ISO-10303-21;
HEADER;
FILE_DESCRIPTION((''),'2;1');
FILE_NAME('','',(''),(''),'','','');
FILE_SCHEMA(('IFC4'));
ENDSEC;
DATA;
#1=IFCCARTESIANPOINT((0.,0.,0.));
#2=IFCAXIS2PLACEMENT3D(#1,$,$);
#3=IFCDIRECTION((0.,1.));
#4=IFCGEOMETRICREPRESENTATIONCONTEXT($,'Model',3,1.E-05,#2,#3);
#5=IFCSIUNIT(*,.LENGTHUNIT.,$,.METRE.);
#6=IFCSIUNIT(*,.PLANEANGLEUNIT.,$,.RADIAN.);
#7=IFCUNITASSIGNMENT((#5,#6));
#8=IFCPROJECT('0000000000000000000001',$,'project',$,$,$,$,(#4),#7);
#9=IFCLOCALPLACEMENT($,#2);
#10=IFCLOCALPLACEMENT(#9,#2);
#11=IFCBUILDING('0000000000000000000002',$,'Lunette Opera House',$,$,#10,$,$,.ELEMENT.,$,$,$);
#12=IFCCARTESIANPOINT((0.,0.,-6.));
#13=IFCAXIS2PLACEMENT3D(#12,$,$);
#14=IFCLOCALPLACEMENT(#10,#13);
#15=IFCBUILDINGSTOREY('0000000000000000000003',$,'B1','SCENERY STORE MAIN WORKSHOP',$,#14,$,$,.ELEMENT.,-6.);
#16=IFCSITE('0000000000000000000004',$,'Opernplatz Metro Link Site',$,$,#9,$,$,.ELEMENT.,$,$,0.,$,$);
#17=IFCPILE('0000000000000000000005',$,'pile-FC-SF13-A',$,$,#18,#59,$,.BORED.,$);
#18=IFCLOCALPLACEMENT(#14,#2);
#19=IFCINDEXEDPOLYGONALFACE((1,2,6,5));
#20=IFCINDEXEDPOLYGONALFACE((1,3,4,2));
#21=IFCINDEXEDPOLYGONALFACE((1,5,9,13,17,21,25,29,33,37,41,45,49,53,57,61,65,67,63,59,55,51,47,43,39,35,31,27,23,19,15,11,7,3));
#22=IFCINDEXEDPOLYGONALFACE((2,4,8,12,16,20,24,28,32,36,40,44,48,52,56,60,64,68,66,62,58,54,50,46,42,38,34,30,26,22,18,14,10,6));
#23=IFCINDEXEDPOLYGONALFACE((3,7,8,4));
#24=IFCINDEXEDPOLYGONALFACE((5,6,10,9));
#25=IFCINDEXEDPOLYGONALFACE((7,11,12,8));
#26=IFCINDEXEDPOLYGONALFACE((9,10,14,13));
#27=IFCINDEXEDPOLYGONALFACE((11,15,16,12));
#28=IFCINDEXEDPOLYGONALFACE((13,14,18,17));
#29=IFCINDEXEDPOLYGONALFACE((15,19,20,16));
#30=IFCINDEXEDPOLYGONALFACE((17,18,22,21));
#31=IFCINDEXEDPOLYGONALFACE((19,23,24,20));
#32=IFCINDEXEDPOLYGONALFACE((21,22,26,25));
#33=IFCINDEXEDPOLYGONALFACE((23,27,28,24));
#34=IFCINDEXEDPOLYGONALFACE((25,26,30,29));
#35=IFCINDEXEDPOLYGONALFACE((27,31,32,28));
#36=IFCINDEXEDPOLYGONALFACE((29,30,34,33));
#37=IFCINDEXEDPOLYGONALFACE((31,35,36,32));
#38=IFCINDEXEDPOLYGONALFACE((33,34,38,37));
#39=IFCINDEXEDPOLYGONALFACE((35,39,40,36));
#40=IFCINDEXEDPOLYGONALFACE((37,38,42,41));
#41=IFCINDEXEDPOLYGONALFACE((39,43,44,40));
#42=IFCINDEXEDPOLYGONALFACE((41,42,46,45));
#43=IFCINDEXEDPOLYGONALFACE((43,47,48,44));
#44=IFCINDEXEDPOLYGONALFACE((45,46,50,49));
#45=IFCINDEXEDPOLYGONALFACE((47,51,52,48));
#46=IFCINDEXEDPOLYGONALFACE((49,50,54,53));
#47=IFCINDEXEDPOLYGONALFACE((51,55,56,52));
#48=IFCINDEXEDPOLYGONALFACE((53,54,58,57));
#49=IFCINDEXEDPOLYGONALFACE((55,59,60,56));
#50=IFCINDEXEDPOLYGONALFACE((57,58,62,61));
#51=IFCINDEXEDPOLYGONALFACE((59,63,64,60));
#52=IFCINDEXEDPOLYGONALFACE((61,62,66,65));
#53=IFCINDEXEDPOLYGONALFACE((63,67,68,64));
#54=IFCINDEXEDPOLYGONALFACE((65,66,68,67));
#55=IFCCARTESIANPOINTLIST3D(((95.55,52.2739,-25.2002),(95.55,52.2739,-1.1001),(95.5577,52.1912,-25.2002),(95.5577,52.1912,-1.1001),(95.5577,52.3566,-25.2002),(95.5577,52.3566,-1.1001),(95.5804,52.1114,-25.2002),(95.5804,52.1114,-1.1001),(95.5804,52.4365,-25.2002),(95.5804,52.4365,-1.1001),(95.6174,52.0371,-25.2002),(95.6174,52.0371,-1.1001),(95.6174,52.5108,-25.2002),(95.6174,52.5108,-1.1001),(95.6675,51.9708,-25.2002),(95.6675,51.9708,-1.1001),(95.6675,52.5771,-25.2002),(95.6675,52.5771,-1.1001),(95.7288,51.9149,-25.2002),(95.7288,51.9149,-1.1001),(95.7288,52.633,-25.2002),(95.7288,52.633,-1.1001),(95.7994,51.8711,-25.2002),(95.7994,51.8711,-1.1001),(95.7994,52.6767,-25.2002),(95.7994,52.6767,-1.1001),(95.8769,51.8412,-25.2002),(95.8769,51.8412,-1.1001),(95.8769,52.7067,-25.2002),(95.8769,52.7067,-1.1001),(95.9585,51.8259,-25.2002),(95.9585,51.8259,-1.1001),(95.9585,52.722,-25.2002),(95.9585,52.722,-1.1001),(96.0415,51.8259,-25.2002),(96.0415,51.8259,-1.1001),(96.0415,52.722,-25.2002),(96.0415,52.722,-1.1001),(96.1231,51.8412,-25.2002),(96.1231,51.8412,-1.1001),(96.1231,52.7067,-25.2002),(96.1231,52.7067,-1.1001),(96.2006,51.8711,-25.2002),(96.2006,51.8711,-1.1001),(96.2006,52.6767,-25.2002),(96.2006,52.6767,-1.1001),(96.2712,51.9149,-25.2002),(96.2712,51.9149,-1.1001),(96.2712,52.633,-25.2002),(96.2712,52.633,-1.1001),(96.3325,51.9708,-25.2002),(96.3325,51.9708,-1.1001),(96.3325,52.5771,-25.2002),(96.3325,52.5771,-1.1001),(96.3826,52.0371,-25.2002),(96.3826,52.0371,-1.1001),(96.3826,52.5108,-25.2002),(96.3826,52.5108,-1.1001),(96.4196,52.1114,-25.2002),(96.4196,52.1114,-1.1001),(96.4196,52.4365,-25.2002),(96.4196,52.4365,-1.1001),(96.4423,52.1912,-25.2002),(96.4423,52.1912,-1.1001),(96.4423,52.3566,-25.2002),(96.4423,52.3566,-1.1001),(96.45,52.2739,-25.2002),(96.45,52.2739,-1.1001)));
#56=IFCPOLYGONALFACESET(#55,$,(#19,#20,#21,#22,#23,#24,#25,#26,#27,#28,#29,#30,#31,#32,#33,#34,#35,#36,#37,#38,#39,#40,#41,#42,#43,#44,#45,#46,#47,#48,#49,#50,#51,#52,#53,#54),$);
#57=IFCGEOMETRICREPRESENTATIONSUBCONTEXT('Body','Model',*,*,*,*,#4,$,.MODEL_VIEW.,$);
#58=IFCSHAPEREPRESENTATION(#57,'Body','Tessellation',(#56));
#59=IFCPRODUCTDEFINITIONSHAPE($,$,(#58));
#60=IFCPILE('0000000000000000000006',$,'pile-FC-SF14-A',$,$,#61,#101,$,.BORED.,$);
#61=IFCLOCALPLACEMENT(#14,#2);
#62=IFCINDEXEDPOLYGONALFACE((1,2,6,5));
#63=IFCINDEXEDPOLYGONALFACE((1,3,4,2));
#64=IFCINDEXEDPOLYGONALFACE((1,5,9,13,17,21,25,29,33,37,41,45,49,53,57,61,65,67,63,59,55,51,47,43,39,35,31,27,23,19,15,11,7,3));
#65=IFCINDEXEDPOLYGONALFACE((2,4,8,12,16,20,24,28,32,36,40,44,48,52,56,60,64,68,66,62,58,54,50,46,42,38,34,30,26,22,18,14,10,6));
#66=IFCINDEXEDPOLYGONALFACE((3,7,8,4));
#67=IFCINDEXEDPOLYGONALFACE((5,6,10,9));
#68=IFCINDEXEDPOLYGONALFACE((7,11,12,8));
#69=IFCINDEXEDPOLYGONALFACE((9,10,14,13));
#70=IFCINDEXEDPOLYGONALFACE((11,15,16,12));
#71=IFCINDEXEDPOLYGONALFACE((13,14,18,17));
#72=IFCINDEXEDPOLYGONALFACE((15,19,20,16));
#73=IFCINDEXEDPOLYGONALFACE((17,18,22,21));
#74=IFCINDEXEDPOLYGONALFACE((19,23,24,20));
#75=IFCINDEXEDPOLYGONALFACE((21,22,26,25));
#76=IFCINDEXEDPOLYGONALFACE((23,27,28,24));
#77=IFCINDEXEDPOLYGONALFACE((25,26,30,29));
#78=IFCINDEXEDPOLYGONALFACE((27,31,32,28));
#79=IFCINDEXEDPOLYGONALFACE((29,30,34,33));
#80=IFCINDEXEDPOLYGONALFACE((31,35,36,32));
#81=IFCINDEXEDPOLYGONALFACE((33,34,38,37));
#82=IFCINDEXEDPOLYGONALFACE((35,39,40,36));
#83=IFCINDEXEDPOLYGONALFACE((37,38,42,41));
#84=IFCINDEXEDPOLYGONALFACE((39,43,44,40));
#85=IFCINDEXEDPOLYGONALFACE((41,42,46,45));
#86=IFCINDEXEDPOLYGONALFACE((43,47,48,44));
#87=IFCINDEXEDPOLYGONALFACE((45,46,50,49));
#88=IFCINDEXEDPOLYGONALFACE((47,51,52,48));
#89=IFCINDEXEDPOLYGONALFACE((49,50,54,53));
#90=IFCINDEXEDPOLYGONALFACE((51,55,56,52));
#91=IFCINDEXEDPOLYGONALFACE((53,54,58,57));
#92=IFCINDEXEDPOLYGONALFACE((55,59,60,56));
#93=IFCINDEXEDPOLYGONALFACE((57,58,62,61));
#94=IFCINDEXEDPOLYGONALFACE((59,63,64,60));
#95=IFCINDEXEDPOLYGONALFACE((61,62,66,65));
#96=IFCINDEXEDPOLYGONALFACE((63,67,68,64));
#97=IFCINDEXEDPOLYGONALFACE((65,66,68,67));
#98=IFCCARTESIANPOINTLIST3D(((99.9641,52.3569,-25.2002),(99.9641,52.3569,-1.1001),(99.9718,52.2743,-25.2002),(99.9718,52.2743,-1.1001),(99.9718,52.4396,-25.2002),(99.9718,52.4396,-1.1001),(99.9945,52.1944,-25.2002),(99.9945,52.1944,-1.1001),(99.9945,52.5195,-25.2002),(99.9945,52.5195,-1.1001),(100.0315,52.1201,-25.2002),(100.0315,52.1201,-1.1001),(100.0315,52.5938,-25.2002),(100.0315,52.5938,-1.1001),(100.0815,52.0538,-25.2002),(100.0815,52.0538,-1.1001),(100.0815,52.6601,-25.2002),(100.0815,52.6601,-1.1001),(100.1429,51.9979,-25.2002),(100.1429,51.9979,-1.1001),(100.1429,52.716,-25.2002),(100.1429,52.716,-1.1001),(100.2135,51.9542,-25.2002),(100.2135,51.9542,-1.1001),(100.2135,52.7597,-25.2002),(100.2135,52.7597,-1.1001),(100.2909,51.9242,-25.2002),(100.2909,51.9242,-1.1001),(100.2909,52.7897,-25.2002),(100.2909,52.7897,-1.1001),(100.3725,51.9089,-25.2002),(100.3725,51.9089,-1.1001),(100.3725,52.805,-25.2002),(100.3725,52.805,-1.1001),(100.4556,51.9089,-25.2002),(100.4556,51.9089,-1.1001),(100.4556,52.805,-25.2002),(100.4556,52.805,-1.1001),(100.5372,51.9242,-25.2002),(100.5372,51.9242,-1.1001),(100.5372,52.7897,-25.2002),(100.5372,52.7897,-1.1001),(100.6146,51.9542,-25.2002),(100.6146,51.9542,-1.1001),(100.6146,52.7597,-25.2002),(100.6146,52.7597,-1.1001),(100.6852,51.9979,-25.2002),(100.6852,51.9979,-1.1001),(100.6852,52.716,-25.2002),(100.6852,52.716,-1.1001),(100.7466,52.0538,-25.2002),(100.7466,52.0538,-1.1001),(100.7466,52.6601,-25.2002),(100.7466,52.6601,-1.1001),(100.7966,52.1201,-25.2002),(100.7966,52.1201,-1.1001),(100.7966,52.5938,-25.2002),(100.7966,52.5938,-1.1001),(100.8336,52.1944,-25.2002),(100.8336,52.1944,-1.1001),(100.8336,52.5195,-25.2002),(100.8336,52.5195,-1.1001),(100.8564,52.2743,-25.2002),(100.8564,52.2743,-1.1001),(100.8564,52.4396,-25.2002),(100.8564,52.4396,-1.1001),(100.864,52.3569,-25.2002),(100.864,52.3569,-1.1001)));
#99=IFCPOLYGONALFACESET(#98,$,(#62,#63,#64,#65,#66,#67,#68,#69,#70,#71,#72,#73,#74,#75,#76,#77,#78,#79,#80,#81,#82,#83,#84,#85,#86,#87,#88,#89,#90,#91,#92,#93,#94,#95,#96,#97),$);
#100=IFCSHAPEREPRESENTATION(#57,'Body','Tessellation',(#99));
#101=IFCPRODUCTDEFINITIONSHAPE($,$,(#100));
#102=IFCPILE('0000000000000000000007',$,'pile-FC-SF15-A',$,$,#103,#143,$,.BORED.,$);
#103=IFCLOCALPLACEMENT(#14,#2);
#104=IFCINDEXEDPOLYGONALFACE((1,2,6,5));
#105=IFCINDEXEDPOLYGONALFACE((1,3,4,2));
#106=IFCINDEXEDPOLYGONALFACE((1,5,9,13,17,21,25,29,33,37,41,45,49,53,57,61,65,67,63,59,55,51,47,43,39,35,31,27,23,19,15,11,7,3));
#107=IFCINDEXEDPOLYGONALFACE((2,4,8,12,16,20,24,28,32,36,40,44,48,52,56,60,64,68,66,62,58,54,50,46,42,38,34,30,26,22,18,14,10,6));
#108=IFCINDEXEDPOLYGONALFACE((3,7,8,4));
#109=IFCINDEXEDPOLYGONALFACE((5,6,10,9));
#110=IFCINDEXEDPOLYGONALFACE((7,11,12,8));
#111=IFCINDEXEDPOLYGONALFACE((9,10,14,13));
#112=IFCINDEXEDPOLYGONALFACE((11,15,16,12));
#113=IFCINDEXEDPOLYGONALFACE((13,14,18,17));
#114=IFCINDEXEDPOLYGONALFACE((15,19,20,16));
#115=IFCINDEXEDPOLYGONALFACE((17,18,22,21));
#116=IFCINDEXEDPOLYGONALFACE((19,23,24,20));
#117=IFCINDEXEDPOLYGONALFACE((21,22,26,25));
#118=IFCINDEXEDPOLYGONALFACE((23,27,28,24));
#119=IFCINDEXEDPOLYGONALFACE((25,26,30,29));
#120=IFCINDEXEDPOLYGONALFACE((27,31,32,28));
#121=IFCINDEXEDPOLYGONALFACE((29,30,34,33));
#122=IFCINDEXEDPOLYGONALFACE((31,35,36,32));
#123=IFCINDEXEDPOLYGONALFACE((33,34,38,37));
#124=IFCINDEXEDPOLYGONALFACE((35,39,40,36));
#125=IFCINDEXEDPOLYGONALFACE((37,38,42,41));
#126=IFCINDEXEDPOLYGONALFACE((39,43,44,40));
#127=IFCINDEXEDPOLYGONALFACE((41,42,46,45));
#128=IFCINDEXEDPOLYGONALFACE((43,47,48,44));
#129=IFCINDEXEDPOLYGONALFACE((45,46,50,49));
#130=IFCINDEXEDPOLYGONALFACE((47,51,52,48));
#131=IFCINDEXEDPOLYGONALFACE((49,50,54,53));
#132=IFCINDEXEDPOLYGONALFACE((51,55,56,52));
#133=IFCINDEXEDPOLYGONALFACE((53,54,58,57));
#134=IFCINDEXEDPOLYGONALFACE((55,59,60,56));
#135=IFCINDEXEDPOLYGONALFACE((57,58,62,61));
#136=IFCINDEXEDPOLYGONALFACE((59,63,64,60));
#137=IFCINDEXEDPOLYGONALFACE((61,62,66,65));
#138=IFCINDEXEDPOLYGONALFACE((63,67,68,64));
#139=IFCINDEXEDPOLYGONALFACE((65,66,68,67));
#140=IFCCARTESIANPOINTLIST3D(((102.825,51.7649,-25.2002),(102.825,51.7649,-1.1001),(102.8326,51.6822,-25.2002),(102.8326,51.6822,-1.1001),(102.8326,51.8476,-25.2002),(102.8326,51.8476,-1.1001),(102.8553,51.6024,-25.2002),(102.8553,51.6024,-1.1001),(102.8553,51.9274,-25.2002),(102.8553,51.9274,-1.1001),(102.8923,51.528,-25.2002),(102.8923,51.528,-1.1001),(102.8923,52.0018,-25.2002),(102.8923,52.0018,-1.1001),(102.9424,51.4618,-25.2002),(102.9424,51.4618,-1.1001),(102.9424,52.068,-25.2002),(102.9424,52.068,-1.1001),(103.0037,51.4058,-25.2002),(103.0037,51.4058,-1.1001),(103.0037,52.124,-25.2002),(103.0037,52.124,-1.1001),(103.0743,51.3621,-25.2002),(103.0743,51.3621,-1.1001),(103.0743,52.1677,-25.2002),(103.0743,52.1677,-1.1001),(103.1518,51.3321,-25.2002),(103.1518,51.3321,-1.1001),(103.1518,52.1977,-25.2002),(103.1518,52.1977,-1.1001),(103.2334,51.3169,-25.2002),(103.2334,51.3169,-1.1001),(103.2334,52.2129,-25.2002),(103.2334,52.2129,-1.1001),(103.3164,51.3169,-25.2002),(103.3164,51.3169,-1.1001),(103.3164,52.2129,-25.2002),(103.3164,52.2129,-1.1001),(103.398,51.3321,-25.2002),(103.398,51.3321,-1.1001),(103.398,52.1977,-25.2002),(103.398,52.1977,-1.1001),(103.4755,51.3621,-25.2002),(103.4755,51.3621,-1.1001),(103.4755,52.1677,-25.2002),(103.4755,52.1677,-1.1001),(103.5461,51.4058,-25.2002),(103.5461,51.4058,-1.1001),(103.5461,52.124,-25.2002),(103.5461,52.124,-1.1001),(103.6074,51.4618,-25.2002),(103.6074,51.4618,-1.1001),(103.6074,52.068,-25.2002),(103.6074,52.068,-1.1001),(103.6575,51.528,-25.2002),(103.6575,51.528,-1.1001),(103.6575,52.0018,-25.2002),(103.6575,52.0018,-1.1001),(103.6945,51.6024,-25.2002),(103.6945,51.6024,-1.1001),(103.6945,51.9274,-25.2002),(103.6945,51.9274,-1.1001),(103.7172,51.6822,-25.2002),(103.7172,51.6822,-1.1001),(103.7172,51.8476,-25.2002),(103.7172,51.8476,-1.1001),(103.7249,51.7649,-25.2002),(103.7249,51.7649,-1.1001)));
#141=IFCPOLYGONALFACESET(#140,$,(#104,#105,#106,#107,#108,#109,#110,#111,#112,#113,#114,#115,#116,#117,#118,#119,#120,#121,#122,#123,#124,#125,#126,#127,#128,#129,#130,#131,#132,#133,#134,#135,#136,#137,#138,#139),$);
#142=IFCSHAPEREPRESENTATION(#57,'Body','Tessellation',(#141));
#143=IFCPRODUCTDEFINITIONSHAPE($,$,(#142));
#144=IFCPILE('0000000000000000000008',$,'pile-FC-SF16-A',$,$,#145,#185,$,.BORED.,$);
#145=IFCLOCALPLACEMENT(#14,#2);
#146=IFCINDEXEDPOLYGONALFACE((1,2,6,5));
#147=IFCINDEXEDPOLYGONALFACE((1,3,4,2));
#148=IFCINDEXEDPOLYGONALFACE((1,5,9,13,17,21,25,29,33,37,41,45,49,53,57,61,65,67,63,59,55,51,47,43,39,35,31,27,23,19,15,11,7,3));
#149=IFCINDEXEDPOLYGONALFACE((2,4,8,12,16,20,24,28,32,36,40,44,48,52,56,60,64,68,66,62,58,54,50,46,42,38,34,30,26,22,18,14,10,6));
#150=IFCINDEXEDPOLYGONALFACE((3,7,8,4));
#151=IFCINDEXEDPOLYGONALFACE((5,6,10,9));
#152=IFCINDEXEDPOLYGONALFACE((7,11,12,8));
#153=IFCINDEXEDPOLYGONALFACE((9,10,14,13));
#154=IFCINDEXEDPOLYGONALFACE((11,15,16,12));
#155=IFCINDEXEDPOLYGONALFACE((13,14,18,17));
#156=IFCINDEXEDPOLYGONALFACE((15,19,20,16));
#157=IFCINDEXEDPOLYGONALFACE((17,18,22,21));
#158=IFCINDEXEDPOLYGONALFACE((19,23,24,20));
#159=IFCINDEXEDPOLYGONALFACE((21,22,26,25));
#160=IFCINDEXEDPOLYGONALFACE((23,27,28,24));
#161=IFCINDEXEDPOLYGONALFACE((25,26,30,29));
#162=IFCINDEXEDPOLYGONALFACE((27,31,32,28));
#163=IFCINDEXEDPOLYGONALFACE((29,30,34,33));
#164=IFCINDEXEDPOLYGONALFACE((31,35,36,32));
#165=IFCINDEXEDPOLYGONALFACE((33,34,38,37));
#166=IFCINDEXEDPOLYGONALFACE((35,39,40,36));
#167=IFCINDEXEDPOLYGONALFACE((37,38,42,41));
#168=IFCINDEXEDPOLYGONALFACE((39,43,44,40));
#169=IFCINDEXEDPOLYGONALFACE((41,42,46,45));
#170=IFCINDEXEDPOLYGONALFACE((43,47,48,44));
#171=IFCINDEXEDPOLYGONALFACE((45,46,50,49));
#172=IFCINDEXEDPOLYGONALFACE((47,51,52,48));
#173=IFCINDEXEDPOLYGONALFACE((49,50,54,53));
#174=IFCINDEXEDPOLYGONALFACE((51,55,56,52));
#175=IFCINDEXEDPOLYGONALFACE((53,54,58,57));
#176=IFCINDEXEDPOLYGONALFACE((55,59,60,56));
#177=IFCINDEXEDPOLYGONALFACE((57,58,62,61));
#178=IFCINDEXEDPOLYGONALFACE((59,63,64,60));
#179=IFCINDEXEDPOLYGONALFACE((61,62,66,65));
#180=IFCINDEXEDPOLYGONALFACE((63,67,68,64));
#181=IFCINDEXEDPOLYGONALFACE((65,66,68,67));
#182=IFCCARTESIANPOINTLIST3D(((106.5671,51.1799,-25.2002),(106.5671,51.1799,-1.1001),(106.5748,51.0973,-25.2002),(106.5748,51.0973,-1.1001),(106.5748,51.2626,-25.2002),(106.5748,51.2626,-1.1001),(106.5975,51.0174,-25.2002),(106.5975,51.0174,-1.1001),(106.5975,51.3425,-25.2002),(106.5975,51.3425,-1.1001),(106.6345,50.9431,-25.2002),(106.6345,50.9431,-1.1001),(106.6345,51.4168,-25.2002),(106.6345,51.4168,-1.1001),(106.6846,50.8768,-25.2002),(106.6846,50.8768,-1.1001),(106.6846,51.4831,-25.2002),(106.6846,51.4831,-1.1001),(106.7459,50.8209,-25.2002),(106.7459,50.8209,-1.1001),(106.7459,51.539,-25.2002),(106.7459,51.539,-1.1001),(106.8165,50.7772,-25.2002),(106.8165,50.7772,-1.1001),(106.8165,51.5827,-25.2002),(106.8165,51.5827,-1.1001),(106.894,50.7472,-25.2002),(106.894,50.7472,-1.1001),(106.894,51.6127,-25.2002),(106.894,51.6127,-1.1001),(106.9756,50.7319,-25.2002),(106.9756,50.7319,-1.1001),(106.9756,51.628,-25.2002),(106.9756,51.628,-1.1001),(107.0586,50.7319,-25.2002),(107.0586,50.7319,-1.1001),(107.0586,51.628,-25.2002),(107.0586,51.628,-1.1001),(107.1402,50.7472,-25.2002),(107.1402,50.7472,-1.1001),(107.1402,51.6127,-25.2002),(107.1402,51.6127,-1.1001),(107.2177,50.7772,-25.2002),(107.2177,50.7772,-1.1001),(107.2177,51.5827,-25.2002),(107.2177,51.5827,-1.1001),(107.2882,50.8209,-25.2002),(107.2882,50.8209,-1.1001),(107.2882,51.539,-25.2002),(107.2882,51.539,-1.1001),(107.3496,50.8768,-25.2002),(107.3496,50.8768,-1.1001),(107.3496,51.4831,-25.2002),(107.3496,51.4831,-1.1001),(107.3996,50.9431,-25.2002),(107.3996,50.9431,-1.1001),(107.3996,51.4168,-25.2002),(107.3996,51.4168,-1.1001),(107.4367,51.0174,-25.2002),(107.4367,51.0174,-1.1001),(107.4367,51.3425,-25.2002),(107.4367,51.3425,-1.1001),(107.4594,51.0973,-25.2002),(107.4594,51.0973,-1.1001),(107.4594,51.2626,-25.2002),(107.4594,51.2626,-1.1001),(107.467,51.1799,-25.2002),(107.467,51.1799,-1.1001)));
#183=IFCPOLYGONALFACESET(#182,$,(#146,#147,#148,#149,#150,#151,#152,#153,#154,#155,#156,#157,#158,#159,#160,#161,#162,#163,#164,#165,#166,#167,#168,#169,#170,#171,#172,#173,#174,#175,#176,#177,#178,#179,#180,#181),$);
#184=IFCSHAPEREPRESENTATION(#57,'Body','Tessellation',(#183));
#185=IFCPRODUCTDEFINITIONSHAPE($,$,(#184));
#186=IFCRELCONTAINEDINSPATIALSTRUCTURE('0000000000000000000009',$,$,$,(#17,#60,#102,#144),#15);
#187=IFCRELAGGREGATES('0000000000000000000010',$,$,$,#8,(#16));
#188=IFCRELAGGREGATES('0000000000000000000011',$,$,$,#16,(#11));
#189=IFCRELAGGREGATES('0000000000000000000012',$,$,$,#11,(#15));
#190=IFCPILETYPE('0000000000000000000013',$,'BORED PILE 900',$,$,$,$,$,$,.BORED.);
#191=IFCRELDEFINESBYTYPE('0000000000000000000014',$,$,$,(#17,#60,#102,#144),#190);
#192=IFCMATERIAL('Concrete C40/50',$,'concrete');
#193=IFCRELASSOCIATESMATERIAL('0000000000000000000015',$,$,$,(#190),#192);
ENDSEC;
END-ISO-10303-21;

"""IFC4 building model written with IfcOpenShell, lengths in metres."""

from ifc_helpers import new_model, si_unit, direction, frame, origin, origin_2d, place, context, subcontext, project, spatial, circle, extrude, material, material_profile, profile_set, type_object, element, save


model = new_model("IFC4")

# Units and contexts
model_context = context("Model", 3, precision=1e-05, world=origin(), true_north=direction((0.0, 1.0)))
body_context = subcontext(model_context, "Body", "Model", "MODEL_VIEW")
ifc_project = project(units=[si_unit("LENGTHUNIT", "METRE"), si_unit("PLANEANGLEUNIT", "RADIAN")], contexts=[model_context])

# Site, building, storey
site_placement = place(None, origin())
site = spatial("IfcSite", under=ifc_project, at=site_placement, Name="Opernplatz Metro Link Site", CompositionType="ELEMENT", RefElevation=0.0)
building_placement = place(site_placement, origin())
building = spatial("IfcBuilding", under=site, at=building_placement, Name="Lunette Opera House", CompositionType="ELEMENT")
storey_placement = place(building_placement, frame((0.0, 0.0, -6.0)))
storey = spatial("IfcBuildingStorey", under=building, at=storey_placement, Name="B1", Description="SCENERY STORE MAIN WORKSHOP", CompositionType="ELEMENT", Elevation=-6.0)

# Piles
ifc_material_1 = material(Name="Concrete C40/50", Category="concrete")
ifc_material_profile_1 = material_profile(ifc_material_1, circle(Radius=0.45, at=origin_2d()), Name="BORED PILE 900")
ifc_profile_set_1 = profile_set([ifc_material_profile_1], Name="Concrete C40/50")
pile_type = type_object("IfcPileType", Name="BORED PILE 900", PredefinedType="BORED", material=ifc_profile_set_1)
for number, where, z_axis, x_axis, name in (
    (1, (96.0, 52.2739, -1.1001), (0.0, 0.0, -1.0), (1.0, 0.0, 0.0), "pile-FC-SF13-A"),
    (2, (100.4141, 52.3569, -1.1001), (0.0, 0.0, -1.0), (1.0, 0.0, 0.0), "pile-FC-SF14-A"),
    (3, (103.2749, 51.7649, -1.1001), (0.0, 0.0, -1.0), (1.0, 0.0, 0.0), "pile-FC-SF15-A"),
    (4, (107.0171, 51.1799, -1.1001), (0.0, 0.0, -1.0), (1.0, 0.0, 0.0), "pile-FC-SF16-A"),
):
    element("IfcPile", number, at=place(storey_placement, frame(where, z_axis=z_axis, x_axis=x_axis)), inside=storey, type_object=pile_type, Name=name, PredefinedType="BORED", context=body_context, shape_type="SweptSolid", body=[
        extrude(circle(Radius=0.45, at=origin_2d()), origin(), (0.0, 0.0, 1.0), 24.1001),
    ])

save(model, "model.ifc")
